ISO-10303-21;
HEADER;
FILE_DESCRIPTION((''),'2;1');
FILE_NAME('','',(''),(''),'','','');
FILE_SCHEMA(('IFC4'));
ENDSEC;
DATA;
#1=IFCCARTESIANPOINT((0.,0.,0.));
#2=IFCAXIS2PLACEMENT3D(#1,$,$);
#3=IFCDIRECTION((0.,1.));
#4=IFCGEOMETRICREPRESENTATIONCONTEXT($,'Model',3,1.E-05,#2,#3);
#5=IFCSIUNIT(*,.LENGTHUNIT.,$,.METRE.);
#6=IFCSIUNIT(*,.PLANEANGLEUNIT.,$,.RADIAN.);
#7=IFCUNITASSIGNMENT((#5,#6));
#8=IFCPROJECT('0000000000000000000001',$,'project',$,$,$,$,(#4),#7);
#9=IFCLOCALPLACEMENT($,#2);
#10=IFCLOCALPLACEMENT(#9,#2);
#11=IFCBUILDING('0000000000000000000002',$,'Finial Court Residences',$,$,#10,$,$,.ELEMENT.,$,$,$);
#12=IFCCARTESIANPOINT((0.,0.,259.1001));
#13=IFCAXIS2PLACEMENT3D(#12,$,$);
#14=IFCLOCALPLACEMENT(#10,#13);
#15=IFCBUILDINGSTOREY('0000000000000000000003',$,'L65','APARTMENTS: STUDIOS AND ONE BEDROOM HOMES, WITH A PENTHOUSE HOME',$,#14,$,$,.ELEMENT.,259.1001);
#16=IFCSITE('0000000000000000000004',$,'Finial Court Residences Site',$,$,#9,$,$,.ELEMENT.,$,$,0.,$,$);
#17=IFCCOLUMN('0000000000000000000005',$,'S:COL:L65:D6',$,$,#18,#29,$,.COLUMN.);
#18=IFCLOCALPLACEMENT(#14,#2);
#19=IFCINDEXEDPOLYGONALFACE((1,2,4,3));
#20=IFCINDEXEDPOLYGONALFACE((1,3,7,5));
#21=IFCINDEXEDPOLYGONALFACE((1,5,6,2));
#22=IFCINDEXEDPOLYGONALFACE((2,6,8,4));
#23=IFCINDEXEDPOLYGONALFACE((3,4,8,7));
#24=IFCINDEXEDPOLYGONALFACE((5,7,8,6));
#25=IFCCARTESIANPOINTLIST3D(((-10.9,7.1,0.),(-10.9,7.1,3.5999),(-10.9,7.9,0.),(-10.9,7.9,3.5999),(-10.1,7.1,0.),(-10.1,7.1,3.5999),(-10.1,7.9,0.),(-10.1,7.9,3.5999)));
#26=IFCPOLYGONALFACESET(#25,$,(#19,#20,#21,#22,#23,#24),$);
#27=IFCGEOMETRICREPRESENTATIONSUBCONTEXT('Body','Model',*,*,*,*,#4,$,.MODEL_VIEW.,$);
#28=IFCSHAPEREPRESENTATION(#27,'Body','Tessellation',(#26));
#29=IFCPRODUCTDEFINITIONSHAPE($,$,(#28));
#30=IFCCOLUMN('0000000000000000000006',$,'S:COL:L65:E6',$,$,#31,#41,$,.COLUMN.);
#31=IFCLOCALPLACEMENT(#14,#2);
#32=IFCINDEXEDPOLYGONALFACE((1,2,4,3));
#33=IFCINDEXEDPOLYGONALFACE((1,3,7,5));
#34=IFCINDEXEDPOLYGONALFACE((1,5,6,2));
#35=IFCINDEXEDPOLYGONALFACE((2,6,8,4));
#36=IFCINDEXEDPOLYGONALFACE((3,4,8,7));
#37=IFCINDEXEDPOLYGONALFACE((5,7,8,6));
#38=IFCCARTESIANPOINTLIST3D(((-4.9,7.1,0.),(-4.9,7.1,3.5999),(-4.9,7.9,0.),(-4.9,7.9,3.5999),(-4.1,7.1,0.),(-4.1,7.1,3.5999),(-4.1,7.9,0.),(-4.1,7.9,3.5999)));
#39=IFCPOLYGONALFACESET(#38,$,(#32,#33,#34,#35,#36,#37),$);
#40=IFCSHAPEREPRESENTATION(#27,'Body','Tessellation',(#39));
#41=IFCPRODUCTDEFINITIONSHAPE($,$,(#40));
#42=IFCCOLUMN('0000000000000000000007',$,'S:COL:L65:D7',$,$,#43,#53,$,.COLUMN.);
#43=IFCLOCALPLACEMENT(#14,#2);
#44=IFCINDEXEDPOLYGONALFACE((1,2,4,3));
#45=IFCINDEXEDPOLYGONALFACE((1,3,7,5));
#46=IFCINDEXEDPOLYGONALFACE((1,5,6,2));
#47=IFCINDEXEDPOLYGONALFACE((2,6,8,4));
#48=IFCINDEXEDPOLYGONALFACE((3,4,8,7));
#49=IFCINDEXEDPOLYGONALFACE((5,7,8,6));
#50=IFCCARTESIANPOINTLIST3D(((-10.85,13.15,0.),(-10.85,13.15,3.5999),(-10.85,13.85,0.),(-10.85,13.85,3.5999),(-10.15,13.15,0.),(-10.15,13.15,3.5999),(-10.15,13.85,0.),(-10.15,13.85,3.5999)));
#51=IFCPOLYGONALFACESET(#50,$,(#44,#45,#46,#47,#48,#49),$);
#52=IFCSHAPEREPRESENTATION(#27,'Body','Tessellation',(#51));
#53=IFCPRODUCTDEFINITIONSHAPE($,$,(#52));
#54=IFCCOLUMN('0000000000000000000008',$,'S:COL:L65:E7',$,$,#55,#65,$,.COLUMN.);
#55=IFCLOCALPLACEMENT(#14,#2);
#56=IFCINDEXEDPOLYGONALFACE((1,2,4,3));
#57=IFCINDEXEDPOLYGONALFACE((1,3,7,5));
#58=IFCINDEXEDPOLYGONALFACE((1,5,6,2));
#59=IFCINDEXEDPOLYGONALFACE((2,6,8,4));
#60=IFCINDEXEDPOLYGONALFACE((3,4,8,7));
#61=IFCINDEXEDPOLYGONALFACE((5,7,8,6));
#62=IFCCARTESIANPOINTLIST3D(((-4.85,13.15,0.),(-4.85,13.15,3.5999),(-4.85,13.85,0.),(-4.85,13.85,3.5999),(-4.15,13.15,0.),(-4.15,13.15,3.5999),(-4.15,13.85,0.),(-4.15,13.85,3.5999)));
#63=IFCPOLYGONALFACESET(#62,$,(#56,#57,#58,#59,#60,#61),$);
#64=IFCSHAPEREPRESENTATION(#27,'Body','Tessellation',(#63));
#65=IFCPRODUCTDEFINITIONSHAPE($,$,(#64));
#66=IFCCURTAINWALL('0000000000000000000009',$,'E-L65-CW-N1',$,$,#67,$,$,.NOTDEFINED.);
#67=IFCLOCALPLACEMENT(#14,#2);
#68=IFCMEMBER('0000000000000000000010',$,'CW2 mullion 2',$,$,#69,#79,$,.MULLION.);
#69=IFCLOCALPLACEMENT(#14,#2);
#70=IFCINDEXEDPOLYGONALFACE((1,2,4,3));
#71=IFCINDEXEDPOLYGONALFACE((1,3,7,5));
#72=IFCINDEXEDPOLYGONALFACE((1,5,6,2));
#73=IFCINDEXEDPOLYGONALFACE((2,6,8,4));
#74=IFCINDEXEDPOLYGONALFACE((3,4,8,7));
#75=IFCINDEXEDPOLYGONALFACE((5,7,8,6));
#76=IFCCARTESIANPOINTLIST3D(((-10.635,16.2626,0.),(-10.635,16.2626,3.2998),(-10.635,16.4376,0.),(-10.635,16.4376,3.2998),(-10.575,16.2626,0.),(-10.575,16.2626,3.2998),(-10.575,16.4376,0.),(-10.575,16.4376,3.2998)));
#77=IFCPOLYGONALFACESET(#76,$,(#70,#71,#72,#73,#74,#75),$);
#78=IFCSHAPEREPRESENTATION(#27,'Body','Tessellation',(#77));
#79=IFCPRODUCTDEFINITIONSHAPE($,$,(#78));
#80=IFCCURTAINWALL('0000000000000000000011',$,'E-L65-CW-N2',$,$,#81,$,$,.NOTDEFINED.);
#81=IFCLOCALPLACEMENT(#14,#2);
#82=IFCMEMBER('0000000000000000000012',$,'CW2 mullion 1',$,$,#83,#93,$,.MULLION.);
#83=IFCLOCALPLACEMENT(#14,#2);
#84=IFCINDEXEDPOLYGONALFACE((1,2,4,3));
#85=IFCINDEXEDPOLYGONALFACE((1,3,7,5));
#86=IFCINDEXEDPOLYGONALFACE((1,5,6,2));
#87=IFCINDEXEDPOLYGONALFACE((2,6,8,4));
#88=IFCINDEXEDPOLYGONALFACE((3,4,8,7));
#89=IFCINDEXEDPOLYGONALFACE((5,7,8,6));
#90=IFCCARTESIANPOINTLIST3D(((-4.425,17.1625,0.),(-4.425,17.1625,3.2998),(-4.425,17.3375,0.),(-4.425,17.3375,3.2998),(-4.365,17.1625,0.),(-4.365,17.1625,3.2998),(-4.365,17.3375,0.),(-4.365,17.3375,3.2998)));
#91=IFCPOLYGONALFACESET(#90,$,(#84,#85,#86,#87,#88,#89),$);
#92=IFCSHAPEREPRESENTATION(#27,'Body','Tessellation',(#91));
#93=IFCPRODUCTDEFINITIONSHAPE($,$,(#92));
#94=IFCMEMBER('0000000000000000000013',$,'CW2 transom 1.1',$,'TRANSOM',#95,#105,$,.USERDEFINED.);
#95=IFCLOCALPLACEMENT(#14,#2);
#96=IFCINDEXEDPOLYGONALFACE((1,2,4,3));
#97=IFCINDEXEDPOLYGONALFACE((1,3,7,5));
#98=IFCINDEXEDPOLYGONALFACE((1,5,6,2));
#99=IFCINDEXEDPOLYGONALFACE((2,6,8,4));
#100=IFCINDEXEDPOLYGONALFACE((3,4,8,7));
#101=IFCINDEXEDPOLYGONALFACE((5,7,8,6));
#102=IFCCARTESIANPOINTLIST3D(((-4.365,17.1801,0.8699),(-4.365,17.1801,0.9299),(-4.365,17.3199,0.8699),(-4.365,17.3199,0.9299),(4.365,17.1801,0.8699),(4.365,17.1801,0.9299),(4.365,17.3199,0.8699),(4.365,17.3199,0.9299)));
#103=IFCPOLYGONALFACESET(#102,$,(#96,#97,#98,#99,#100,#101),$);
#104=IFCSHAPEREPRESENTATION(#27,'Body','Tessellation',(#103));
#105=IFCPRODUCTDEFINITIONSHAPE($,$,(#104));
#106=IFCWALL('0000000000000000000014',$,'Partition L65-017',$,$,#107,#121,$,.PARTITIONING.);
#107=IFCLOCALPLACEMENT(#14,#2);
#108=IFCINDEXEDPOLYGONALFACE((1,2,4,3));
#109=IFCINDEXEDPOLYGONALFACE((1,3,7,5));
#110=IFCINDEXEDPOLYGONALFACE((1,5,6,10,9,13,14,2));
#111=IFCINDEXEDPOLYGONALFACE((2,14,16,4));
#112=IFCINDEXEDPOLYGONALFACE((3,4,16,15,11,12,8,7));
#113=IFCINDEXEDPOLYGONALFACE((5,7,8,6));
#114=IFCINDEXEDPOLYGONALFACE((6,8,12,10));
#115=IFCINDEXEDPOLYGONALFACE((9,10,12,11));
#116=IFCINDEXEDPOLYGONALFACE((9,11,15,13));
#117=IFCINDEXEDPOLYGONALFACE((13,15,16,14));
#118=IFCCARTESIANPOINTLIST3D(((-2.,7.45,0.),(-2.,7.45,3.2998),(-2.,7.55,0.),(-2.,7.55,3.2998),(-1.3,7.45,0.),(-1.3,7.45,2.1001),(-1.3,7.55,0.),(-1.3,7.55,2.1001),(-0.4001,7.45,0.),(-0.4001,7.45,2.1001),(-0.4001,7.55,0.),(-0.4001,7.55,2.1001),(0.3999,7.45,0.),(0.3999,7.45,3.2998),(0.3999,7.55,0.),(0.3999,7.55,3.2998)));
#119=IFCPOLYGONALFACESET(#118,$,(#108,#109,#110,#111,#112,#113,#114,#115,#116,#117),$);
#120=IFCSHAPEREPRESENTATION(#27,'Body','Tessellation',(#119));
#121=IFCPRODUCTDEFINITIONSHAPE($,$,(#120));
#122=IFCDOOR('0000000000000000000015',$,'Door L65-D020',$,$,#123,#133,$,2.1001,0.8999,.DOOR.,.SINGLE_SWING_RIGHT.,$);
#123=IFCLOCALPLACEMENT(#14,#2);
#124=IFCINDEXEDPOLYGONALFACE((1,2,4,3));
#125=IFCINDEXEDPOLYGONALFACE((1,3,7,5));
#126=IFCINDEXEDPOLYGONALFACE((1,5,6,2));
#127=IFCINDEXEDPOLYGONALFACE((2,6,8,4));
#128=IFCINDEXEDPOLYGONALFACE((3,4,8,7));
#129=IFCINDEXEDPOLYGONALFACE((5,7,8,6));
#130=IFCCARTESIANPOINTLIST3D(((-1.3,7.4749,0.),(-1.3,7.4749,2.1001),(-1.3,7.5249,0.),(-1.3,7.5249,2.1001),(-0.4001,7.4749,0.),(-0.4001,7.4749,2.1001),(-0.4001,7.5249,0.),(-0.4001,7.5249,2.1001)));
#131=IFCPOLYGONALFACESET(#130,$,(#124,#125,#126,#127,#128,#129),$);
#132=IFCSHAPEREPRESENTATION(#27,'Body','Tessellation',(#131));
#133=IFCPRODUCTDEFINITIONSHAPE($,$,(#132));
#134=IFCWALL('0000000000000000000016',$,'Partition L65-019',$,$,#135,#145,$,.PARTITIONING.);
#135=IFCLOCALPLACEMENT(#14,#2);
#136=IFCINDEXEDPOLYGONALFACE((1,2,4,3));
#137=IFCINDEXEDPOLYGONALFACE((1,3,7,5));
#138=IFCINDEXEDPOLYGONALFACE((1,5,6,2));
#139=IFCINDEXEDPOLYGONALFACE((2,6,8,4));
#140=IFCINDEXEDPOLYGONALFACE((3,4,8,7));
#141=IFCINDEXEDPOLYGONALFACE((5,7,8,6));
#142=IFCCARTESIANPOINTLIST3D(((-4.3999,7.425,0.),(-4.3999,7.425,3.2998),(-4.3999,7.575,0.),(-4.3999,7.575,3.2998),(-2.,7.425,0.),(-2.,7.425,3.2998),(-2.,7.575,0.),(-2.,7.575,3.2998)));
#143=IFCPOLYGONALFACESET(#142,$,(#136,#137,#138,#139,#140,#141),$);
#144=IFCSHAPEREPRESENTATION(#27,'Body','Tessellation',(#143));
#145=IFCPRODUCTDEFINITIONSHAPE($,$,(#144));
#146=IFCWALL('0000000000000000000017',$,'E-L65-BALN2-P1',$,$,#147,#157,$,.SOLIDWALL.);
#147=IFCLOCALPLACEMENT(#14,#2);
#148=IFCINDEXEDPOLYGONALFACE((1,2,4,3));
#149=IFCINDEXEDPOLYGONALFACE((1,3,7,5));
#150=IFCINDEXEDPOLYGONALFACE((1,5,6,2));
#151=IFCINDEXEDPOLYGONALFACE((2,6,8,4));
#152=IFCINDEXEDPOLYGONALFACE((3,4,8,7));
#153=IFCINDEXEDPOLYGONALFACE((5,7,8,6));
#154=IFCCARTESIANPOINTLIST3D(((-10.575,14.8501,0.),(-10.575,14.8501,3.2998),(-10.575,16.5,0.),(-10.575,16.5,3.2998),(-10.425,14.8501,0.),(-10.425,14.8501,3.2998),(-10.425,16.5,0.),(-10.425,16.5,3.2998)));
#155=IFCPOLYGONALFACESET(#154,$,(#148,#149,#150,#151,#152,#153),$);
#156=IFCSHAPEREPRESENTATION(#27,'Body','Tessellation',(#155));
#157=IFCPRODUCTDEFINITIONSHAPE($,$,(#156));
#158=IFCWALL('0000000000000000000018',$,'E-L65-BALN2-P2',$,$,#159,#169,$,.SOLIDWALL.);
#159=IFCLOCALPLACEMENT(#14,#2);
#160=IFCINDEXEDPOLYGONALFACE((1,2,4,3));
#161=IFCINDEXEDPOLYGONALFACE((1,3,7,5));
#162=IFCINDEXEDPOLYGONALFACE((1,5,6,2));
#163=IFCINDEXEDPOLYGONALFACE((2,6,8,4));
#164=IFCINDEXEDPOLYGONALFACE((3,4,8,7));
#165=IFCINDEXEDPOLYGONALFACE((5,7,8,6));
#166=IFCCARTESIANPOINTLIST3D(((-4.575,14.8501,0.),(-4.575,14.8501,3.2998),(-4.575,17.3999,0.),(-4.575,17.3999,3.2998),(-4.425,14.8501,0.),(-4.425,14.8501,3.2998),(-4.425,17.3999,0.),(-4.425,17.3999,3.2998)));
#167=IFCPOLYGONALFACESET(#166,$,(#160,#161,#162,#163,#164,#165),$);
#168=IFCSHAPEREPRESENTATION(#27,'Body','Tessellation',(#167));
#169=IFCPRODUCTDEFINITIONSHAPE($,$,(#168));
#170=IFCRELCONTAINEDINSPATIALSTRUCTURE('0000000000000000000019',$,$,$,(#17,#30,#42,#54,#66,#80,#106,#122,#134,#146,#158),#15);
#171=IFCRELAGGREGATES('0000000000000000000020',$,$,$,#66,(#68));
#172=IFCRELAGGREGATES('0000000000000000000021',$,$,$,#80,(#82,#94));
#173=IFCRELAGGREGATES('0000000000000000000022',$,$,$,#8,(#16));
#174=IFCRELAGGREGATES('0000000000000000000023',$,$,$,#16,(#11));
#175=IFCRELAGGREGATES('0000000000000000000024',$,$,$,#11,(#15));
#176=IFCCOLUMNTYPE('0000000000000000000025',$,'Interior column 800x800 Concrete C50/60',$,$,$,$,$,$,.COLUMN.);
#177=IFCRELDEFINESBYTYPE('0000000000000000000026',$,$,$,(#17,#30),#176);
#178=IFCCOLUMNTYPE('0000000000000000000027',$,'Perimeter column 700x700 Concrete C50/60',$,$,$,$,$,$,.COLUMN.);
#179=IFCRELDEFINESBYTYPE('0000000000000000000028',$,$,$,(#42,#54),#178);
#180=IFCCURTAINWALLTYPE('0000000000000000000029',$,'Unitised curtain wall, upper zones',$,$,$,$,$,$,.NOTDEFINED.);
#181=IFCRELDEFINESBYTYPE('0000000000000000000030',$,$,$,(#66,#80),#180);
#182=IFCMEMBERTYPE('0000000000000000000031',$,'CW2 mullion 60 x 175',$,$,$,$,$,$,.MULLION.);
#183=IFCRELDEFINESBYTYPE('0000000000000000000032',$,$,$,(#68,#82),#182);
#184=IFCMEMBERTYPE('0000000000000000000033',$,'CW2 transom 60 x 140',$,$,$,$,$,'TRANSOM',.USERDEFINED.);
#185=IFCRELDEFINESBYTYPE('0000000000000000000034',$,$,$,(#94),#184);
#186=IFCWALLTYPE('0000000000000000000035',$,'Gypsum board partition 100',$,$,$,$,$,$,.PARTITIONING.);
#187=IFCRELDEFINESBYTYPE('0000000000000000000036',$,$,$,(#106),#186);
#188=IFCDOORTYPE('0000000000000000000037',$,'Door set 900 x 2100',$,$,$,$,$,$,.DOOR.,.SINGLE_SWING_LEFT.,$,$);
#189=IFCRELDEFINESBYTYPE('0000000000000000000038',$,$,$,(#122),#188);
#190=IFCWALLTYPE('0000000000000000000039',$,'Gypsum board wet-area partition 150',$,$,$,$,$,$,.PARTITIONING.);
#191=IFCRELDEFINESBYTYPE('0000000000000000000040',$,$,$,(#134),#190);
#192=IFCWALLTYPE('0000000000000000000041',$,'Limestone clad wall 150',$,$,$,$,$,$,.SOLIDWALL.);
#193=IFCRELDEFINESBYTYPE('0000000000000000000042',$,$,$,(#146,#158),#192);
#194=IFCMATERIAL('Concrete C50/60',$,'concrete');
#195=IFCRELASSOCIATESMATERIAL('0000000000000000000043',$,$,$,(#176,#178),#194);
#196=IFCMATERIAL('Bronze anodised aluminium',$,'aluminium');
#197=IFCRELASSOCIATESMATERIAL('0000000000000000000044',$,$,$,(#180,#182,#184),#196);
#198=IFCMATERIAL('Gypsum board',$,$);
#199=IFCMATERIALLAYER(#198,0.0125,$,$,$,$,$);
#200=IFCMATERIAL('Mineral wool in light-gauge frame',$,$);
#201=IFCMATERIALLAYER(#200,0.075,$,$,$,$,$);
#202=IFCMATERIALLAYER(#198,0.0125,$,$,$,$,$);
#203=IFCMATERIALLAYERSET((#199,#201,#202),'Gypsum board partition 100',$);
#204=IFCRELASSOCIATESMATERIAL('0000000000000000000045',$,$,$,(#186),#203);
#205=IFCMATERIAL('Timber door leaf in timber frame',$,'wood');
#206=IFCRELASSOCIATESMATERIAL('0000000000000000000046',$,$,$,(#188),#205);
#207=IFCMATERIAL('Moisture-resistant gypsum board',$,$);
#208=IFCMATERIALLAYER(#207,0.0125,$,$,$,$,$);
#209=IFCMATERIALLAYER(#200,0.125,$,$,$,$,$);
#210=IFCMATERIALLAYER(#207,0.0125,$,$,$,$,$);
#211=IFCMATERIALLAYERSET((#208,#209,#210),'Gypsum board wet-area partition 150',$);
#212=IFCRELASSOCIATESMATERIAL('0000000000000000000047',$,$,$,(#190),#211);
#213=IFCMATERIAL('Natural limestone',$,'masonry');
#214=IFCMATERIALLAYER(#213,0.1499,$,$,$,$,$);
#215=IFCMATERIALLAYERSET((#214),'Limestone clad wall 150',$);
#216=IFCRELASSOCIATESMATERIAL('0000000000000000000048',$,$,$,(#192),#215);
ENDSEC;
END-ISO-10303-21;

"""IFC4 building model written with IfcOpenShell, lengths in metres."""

from ifc_helpers import new_model, si_unit, direction, frame, frame_2d, origin, origin_2d, place, context, subcontext, project, spatial, rectangle, extrude, material, layer, layer_set, material_profile, profile_set, type_object, element, fill, aggregate, save


model = new_model("IFC4")

# Units and contexts
model_context = context("Model", 3, precision=1e-05, world=origin(), true_north=direction((0.0, 1.0)))
body_context = subcontext(model_context, "Body", "Model", "MODEL_VIEW")
ifc_project = project(units=[si_unit("LENGTHUNIT", "METRE"), si_unit("PLANEANGLEUNIT", "RADIAN")], contexts=[model_context])

# Site, building, storey
site_placement = place(None, origin())
site = spatial("IfcSite", under=ifc_project, at=site_placement, Name="Finial Court Residences Site", CompositionType="ELEMENT", RefElevation=0.0)
building_placement = place(site_placement, origin())
building = spatial("IfcBuilding", under=site, at=building_placement, Name="Finial Court Residences", CompositionType="ELEMENT")
storey_placement = place(building_placement, frame((0.0, 0.0, 259.1001)))
storey = spatial("IfcBuildingStorey", under=building, at=storey_placement, Name="L65", Description="APARTMENTS: STUDIOS AND ONE BEDROOM HOMES, WITH A PENTHOUSE HOME", CompositionType="ELEMENT", Elevation=259.1001)

# Columns
ifc_material_1 = material(Name="Concrete C50/60", Category="concrete")
ifc_material_profile_1 = material_profile(ifc_material_1, rectangle(XDim=0.8, YDim=0.8, at=origin_2d()), Name="800x800")
ifc_profile_set_1 = profile_set([ifc_material_profile_1], Name="Concrete C50/60")
column_type_1 = type_object("IfcColumnType", Name="Interior column 800x800 Concrete C50/60", PredefinedType="COLUMN", material=ifc_profile_set_1)
for number, where, z_axis, x_axis, name in (
    (1, (-10.5, 7.5, 0.0), (0.0, 0.0, 1.0), (1.0, 0.0, 0.0), "S:COL:L65:D6"),
    (2, (-4.5, 7.5, 0.0), (0.0, 0.0, 1.0), (1.0, 0.0, 0.0), "S:COL:L65:E6"),
):
    element("IfcColumn", number, at=place(storey_placement, frame(where, z_axis=z_axis, x_axis=x_axis)), inside=storey, type_object=column_type_1, Name=name, PredefinedType="COLUMN", context=body_context, shape_type="SweptSolid", body=[
        extrude(rectangle(XDim=0.8, YDim=0.8, at=origin_2d()), origin(), (0.0, 0.0, 1.0), 3.5999),
    ])
ifc_material_profile_2 = material_profile(ifc_material_1, rectangle(XDim=0.7, YDim=0.7, at=origin_2d()), Name="700x700")
ifc_profile_set_2 = profile_set([ifc_material_profile_2], Name="Concrete C50/60")
column_type_2 = type_object("IfcColumnType", Name="Perimeter column 700x700 Concrete C50/60", PredefinedType="COLUMN", material=ifc_profile_set_2)
for number, where, z_axis, x_axis, name in (
    (3, (-10.5, 13.5, 0.0), (0.0, 0.0, 1.0), (1.0, 0.0, 0.0), "S:COL:L65:D7"),
    (4, (-4.5, 13.5, 0.0), (0.0, 0.0, 1.0), (1.0, 0.0, 0.0), "S:COL:L65:E7"),
):
    element("IfcColumn", number, at=place(storey_placement, frame(where, z_axis=z_axis, x_axis=x_axis)), inside=storey, type_object=column_type_2, Name=name, PredefinedType="COLUMN", context=body_context, shape_type="SweptSolid", body=[
        extrude(rectangle(XDim=0.7, YDim=0.7, at=origin_2d()), origin(), (0.0, 0.0, 1.0), 3.5999),
    ])

# Curtain wall, member
ifc_material_2 = material(Name="Bronze anodised aluminium", Category="aluminium")
curtain_wall_type = type_object("IfcCurtainWallType", Name="Unitised curtain wall, upper zones", PredefinedType="NOTDEFINED", material=ifc_material_2)
curtain_wall_1_placement = place(storey_placement, origin())
curtain_wall_1 = element("IfcCurtainWall", 5, at=curtain_wall_1_placement, inside=storey, type_object=curtain_wall_type, Name="E-L65-CW-N1", PredefinedType="NOTDEFINED")
ifc_material_profile_3 = material_profile(ifc_material_2, rectangle(XDim=0.175, YDim=0.0601, at=origin_2d()), Name="CW2 mullion 60 x 175")
ifc_profile_set_3 = profile_set([ifc_material_profile_3], Name="Bronze anodised aluminium")
member_type_1 = type_object("IfcMemberType", Name="CW2 mullion 60 x 175", PredefinedType="MULLION", material=ifc_profile_set_3)
member_1_placement = place(storey_placement, frame((-10.605, 16.3501, 0.0), z_axis=(0.0, 0.0, 1.0), x_axis=(0.0, 1.0, 0.0)))
member_1 = element("IfcMember", 6, at=member_1_placement, type_object=member_type_1, Name="CW2 mullion 2", PredefinedType="MULLION", context=body_context, shape_type="SweptSolid", body=[
    extrude(rectangle(XDim=0.175, YDim=0.0601, at=origin_2d()), origin(), (0.0, 0.0, 1.0), 3.2998),
])
aggregate(curtain_wall_1, [member_1])

# Curtain wall, members
curtain_wall_2_placement = place(storey_placement, origin())
curtain_wall_2 = element("IfcCurtainWall", 7, at=curtain_wall_2_placement, inside=storey, type_object=curtain_wall_type, Name="E-L65-CW-N2", PredefinedType="NOTDEFINED")
member_2_placement = place(storey_placement, frame((-4.395, 17.25, 0.0), z_axis=(0.0, 0.0, 1.0), x_axis=(0.0, 1.0, 0.0)))
member_2 = element("IfcMember", 8, at=member_2_placement, type_object=member_type_1, Name="CW2 mullion 1", PredefinedType="MULLION", context=body_context, shape_type="SweptSolid", body=[
    extrude(rectangle(XDim=0.175, YDim=0.0601, at=origin_2d()), origin(), (0.0, 0.0, 1.0), 3.2998),
])
ifc_material_profile_4 = material_profile(ifc_material_2, rectangle(XDim=0.1399, YDim=0.0601, at=origin_2d()), Name="CW2 transom 60 x 140")
ifc_profile_set_4 = profile_set([ifc_material_profile_4], Name="Bronze anodised aluminium")
member_type_2 = type_object("IfcMemberType", Name="CW2 transom 60 x 140", ElementType="TRANSOM", PredefinedType="USERDEFINED", material=ifc_profile_set_4)
member_3_placement = place(storey_placement, frame((-4.365, 17.25, 0.8999), z_axis=(1.0, 0.0, 0.0), x_axis=(0.0, 1.0, 0.0)))
member_3 = element("IfcMember", 9, at=member_3_placement, type_object=member_type_2, Name="CW2 transom 1.1", ObjectType="TRANSOM", PredefinedType="USERDEFINED", context=body_context, shape_type="SweptSolid", body=[
    extrude(rectangle(XDim=0.1399, YDim=0.0601, at=origin_2d()), origin(), (0.0, 0.0, 1.0), 8.73),
])
aggregate(curtain_wall_2, [member_2, member_3])

# Wall, opening, door
ifc_material_3 = material(Name="Gypsum board")
ifc_layer_1 = layer(ifc_material_3, 0.0125)
ifc_material_4 = material(Name="Mineral wool in light-gauge frame")
ifc_layer_2 = layer(ifc_material_4, 0.075)
ifc_layer_3 = layer(ifc_material_3, 0.0125)
ifc_layer_set_1 = layer_set([ifc_layer_1, ifc_layer_2, ifc_layer_3], Name="Gypsum board partition 100")
wall_type_1 = type_object("IfcWallType", Name="Gypsum board partition 100", PredefinedType="PARTITIONING", material=ifc_layer_set_1)
wall_1_placement = place(storey_placement, frame((-2.0, 7.5, 0.0), z_axis=(0.0, 0.0, 1.0), x_axis=(1.0, 0.0, 0.0)))
wall_1 = element("IfcWall", 10, at=wall_1_placement, inside=storey, type_object=wall_type_1, Name="Partition L65-017", PredefinedType="PARTITIONING", context=body_context, shape_type="SweptSolid", body=[
    extrude(rectangle(XDim=2.3999, YDim=0.1001, at=frame_2d((1.2, 0.0))), origin(), (0.0, 0.0, 1.0), 3.2998),
])
opening_1_placement = place(wall_1_placement, frame((0.7, 0.0, 0.0)))
opening_1 = element("IfcOpeningElement", 11, at=opening_1_placement, cuts=wall_1, PredefinedType="OPENING", context=body_context, shape_type="SweptSolid", body=[
    extrude(rectangle(XDim=0.8999, YDim=2.1001, at=frame_2d((0.45, 1.05))), frame((0.0, 0.0601, 0.0), z_axis=(0.0, -1.0, 0.0), x_axis=(1.0, 0.0, 0.0)), (0.0, 0.0, 1.0), 0.1201),
])
ifc_material_5 = material(Name="Timber door leaf in timber frame", Category="wood")
door_type_1 = type_object("IfcDoorType", Name="Door set 900 x 2100", OperationType="SINGLE_SWING_LEFT", PredefinedType="DOOR", material=ifc_material_5)
door_1_placement = place(opening_1_placement, origin())
door_1 = element("IfcDoor", 12, at=door_1_placement, inside=storey, type_object=door_type_1, Name="Door L65-D020", OperationType="SINGLE_SWING_RIGHT", OverallHeight=2.1001, OverallWidth=0.8999, PredefinedType="DOOR", context=body_context, shape_type="SweptSolid", body=[
    extrude(rectangle(XDim=0.8999, YDim=2.1001, at=frame_2d((0.45, 1.05))), frame((0.0, 0.0249, 0.0), z_axis=(0.0, -1.0, 0.0), x_axis=(1.0, 0.0, 0.0)), (0.0, 0.0, 1.0), 0.05),
])
fill(opening_1, door_1)

# Walls
ifc_material_6 = material(Name="Moisture-resistant gypsum board")
ifc_layer_4 = layer(ifc_material_6, 0.0125)
ifc_layer_5 = layer(ifc_material_4, 0.125)
ifc_layer_6 = layer(ifc_material_6, 0.0125)
ifc_layer_set_2 = layer_set([ifc_layer_4, ifc_layer_5, ifc_layer_6], Name="Gypsum board wet-area partition 150")
wall_type_2 = type_object("IfcWallType", Name="Gypsum board wet-area partition 150", PredefinedType="PARTITIONING", material=ifc_layer_set_2)
wall_2_placement = place(storey_placement, frame((-4.3999, 7.5, 0.0), z_axis=(0.0, 0.0, 1.0), x_axis=(1.0, 0.0, 0.0)))
element("IfcWall", 13, at=wall_2_placement, inside=storey, type_object=wall_type_2, Name="Partition L65-019", PredefinedType="PARTITIONING", context=body_context, shape_type="SweptSolid", body=[
    extrude(rectangle(XDim=2.3999, YDim=0.1499, at=frame_2d((1.2, 0.0))), origin(), (0.0, 0.0, 1.0), 3.2998),
])
ifc_material_7 = material(Name="Natural limestone", Category="masonry")
ifc_layer_7 = layer(ifc_material_7, 0.1499)
ifc_layer_set_3 = layer_set([ifc_layer_7], Name="Limestone clad wall 150")
wall_type_3 = type_object("IfcWallType", Name="Limestone clad wall 150", PredefinedType="SOLIDWALL", material=ifc_layer_set_3)
wall_3_placement = place(storey_placement, frame((-10.5, 14.8501, 0.0), z_axis=(0.0, 0.0, 1.0), x_axis=(0.0, 1.0, 0.0)))
element("IfcWall", 14, at=wall_3_placement, inside=storey, type_object=wall_type_3, Name="E-L65-BALN2-P1", PredefinedType="SOLIDWALL", context=body_context, shape_type="SweptSolid", body=[
    extrude(rectangle(XDim=1.6499, YDim=0.1499, at=frame_2d((0.825, 0.0))), origin(), (0.0, 0.0, 1.0), 3.2998),
])
wall_4_placement = place(storey_placement, frame((-4.5, 14.8501, 0.0), z_axis=(0.0, 0.0, 1.0), x_axis=(0.0, 1.0, 0.0)))
element("IfcWall", 15, at=wall_4_placement, inside=storey, type_object=wall_type_3, Name="E-L65-BALN2-P2", PredefinedType="SOLIDWALL", context=body_context, shape_type="SweptSolid", body=[
    extrude(rectangle(XDim=2.5498, YDim=0.1499, at=frame_2d((1.2749, 0.0))), origin(), (0.0, 0.0, 1.0), 3.2998),
])

save(model, "model.ifc")
